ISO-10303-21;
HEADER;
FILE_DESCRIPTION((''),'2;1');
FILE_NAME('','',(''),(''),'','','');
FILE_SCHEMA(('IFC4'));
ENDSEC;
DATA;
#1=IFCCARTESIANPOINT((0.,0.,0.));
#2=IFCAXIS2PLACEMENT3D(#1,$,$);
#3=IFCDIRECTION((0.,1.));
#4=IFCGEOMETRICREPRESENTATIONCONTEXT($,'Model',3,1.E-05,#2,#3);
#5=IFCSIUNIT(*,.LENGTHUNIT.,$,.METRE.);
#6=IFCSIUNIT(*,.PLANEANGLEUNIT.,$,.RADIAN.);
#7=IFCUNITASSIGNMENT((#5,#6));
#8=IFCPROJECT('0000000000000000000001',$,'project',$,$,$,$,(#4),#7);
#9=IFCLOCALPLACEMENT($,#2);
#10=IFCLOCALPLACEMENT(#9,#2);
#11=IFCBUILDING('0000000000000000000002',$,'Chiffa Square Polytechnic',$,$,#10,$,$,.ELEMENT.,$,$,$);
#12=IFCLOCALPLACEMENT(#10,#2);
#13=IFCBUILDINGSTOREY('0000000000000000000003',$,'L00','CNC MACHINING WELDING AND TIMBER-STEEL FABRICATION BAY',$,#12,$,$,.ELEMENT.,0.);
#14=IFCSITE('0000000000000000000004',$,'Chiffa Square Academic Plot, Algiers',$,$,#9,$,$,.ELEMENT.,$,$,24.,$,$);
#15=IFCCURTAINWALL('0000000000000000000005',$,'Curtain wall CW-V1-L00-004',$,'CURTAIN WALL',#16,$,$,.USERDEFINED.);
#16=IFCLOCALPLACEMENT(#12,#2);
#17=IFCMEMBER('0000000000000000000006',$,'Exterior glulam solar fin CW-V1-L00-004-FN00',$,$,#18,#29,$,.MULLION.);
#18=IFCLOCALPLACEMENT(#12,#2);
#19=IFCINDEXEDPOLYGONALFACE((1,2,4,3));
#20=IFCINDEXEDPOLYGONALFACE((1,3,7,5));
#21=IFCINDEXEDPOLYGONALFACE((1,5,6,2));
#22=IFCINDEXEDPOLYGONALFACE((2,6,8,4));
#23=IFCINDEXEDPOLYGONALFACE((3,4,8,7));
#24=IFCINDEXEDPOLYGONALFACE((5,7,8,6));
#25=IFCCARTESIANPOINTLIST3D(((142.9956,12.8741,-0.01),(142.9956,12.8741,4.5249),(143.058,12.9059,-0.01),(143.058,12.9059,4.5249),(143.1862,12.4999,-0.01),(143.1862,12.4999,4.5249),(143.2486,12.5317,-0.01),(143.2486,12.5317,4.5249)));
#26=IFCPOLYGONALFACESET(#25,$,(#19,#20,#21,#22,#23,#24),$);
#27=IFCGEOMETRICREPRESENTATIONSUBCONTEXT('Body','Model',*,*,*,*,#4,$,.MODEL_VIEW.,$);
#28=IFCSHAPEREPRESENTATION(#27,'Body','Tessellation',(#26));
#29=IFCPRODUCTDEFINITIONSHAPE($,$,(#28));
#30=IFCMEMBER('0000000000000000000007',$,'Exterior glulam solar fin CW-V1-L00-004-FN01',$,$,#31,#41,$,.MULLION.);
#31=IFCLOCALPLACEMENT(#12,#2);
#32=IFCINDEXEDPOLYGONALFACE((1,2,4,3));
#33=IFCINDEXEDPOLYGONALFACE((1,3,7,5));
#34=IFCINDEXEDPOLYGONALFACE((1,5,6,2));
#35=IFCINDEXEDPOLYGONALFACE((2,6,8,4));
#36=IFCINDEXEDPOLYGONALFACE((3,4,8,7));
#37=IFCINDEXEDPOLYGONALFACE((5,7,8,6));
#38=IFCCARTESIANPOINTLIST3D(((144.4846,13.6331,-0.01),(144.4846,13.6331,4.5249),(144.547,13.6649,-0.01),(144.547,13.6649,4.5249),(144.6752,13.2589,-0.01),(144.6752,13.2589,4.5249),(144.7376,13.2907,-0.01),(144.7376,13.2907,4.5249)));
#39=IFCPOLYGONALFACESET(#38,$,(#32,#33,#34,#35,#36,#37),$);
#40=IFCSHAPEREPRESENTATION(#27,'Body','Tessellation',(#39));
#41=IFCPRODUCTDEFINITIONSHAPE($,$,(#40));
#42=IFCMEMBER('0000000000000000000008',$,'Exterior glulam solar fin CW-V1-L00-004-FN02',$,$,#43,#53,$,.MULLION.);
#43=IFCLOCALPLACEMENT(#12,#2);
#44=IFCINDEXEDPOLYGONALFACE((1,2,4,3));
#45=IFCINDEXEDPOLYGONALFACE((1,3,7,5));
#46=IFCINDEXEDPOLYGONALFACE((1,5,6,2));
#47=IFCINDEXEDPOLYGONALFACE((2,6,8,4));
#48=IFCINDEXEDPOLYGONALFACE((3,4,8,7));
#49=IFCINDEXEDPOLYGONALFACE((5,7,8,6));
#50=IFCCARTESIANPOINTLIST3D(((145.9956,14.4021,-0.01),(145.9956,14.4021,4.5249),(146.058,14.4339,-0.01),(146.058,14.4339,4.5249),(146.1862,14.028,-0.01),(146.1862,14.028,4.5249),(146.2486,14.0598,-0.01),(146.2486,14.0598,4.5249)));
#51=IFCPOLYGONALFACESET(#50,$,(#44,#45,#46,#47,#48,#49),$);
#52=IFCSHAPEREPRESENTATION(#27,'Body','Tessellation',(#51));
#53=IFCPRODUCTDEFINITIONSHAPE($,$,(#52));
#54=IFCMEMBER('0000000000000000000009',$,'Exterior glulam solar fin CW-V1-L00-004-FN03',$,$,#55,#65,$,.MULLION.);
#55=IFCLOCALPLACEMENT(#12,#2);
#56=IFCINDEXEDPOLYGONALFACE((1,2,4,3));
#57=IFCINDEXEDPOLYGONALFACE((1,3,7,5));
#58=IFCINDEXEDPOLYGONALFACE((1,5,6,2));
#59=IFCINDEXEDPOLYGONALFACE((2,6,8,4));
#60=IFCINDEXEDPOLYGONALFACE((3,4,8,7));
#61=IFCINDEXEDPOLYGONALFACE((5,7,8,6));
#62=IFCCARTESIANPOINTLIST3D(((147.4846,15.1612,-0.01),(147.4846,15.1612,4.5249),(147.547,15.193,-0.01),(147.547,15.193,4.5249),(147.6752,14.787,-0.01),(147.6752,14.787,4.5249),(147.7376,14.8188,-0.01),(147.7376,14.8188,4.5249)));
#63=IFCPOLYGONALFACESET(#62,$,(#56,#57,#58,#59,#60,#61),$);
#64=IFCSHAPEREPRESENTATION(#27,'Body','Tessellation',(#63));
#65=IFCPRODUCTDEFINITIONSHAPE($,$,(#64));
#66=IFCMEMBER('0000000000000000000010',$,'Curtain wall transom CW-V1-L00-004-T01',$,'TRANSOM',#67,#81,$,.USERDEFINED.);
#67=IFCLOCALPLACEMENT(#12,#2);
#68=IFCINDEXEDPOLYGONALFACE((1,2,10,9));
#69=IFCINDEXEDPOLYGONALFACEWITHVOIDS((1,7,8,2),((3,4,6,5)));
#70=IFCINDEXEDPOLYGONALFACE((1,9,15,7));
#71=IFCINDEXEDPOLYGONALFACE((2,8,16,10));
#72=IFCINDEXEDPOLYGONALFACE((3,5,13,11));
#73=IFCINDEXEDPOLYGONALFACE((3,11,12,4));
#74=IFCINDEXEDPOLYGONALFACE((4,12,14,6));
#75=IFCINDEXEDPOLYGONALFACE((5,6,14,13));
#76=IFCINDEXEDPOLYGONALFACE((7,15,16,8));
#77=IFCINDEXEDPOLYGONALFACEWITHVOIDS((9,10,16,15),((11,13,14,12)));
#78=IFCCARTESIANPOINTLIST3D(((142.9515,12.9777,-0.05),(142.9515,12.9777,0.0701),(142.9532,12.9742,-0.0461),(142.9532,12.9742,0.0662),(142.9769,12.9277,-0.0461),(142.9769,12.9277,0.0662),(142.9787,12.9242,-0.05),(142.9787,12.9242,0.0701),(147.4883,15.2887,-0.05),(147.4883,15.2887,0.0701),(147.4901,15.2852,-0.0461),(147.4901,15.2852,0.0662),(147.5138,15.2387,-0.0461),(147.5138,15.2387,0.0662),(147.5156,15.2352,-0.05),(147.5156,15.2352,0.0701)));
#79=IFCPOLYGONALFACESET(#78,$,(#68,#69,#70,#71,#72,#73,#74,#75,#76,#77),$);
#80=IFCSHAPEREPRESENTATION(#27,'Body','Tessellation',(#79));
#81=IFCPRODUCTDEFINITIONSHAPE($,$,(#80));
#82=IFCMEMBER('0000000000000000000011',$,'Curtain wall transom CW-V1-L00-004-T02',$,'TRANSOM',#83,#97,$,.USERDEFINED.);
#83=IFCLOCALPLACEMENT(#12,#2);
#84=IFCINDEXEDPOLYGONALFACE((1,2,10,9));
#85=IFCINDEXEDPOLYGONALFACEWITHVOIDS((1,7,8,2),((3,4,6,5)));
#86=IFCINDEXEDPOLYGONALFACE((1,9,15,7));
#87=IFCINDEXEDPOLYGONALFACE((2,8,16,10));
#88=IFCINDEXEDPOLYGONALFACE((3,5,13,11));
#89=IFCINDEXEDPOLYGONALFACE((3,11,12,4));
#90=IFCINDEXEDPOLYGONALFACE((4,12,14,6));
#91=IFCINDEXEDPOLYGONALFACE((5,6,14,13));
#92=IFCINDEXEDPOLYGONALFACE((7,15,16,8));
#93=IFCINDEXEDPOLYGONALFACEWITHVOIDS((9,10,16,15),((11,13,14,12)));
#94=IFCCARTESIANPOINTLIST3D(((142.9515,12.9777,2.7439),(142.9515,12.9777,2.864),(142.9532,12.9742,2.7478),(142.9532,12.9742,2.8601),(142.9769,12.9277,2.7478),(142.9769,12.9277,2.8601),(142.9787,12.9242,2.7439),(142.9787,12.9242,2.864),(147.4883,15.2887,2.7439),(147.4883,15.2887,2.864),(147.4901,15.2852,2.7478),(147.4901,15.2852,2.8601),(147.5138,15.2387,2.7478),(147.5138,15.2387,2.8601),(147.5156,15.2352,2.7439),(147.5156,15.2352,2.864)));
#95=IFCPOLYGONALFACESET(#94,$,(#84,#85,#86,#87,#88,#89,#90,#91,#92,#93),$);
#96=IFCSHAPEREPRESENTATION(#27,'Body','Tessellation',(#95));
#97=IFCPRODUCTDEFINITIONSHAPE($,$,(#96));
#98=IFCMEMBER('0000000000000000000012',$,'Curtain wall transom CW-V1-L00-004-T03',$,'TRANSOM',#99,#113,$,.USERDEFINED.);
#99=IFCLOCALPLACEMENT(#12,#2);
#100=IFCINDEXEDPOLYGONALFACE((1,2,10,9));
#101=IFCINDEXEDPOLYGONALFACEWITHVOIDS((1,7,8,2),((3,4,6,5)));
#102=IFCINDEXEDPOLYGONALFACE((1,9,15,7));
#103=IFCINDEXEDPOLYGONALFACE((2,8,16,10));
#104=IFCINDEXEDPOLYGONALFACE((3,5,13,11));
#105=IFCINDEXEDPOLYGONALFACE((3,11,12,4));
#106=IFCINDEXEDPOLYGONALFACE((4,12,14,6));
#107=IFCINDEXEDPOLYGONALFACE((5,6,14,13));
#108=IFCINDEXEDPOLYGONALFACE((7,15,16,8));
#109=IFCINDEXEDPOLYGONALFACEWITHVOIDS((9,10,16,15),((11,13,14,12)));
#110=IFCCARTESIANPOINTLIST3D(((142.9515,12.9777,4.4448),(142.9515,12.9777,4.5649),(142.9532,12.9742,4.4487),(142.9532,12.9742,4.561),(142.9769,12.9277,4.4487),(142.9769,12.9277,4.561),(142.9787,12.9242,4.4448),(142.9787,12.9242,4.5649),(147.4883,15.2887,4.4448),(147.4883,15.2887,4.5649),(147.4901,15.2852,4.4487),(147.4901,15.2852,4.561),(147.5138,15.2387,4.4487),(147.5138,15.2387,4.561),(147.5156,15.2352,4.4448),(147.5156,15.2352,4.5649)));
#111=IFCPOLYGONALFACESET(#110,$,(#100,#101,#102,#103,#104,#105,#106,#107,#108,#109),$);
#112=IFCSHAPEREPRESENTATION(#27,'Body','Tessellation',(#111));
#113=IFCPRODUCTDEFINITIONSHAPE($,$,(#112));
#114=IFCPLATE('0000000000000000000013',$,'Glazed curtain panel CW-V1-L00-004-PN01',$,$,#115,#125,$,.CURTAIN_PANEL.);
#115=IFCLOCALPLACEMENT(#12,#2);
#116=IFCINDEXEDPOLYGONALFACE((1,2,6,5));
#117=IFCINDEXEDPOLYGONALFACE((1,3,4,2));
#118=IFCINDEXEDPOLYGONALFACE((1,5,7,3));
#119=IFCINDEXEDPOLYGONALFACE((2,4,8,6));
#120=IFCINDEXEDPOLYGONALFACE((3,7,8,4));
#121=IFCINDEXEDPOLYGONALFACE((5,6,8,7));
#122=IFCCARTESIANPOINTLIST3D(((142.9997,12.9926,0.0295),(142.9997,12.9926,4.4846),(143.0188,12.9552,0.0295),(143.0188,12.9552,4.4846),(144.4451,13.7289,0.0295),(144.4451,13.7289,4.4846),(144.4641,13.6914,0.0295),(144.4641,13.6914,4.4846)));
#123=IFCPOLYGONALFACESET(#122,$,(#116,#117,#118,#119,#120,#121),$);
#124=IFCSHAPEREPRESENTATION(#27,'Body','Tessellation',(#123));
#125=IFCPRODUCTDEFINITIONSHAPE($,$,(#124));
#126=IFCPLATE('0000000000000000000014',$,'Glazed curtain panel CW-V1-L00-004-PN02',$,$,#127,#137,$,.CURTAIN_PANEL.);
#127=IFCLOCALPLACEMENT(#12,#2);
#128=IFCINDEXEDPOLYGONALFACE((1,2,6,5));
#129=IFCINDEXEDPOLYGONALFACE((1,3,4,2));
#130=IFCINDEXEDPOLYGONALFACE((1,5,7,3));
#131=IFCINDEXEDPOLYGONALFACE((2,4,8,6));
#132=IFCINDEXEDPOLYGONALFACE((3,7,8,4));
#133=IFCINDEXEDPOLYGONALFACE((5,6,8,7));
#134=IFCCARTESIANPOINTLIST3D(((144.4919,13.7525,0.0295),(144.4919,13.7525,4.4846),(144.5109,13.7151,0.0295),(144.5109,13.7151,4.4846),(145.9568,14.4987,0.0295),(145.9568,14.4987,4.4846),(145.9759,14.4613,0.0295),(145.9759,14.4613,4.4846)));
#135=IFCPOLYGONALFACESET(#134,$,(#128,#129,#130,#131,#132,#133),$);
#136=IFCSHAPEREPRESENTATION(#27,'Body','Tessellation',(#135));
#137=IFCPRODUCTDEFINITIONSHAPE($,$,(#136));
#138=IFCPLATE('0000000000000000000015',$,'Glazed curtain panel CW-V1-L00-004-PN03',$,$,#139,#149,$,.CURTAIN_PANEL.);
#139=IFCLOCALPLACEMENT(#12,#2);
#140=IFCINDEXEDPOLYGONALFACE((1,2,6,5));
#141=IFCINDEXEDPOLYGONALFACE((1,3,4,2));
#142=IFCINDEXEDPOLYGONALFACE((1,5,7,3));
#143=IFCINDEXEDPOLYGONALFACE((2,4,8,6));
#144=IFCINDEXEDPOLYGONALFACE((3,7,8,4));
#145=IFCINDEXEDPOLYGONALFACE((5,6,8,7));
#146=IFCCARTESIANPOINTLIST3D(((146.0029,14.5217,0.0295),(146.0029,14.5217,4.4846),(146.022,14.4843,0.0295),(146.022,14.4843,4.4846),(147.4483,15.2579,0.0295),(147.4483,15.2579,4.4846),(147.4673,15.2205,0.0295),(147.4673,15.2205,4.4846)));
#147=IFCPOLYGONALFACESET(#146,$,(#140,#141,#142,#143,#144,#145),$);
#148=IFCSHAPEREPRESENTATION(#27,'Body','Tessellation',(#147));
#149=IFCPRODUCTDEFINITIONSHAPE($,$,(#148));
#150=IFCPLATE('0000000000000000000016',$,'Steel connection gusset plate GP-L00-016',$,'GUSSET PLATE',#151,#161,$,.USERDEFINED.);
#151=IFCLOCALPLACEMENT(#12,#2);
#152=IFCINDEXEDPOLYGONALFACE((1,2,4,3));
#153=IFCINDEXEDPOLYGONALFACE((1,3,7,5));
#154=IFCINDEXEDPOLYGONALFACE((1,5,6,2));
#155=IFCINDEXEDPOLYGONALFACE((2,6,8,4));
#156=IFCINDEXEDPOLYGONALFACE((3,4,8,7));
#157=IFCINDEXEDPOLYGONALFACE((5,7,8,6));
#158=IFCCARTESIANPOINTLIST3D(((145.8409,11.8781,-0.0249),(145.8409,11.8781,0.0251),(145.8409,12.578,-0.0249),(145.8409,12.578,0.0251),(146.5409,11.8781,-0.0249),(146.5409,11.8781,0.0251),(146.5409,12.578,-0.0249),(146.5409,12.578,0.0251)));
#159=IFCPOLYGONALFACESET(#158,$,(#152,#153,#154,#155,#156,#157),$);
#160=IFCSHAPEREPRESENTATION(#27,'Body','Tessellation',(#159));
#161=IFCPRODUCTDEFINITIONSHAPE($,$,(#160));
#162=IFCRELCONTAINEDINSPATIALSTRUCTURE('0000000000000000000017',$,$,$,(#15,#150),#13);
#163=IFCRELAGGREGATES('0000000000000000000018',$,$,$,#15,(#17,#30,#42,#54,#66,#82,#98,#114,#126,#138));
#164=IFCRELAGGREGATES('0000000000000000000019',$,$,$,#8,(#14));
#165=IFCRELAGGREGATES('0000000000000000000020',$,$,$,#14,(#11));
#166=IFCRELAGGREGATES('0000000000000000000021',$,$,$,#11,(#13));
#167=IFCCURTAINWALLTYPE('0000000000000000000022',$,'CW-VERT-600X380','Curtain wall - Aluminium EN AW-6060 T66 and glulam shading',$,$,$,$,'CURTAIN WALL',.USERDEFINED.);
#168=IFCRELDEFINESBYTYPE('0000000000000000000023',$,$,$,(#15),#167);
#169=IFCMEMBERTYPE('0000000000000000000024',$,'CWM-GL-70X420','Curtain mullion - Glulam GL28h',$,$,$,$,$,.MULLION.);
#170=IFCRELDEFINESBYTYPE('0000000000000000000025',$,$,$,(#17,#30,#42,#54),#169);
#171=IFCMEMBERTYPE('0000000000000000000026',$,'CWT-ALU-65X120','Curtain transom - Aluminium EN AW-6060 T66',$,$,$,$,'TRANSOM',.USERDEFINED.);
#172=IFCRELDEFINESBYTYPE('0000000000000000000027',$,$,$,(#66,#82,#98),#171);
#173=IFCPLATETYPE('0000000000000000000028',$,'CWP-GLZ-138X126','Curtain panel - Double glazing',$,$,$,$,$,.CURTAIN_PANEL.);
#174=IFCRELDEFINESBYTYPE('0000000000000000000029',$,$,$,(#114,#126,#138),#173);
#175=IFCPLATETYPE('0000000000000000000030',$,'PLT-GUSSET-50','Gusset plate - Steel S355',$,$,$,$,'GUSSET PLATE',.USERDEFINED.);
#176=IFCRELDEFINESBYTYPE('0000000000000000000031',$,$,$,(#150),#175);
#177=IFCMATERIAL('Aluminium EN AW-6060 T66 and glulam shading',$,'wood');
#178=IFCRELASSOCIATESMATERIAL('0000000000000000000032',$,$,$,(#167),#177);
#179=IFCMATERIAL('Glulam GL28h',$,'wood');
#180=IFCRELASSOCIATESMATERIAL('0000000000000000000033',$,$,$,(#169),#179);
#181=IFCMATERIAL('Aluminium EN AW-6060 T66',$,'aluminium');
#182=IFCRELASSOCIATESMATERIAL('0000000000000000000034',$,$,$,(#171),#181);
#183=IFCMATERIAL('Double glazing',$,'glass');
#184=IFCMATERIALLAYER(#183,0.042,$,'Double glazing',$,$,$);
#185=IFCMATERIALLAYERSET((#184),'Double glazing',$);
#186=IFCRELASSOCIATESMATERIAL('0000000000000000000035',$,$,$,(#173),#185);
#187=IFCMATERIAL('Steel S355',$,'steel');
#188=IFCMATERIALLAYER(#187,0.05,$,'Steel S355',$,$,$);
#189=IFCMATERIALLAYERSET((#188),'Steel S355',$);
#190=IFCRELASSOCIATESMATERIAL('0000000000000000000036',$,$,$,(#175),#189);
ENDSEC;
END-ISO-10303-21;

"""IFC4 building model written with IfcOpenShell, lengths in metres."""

from ifc_helpers import new_model, si_unit, direction, frame, origin, origin_2d, place, context, subcontext, project, spatial, rectangle, hollow_rectangle, extrude, material, layer, layer_set, material_profile, profile_set, type_object, element, aggregate, save


model = new_model("IFC4")

# Units and contexts
model_context = context("Model", 3, precision=1e-05, world=origin(), true_north=direction((0.0, 1.0)))
body_context = subcontext(model_context, "Body", "Model", "MODEL_VIEW")
ifc_project = project(units=[si_unit("LENGTHUNIT", "METRE"), si_unit("PLANEANGLEUNIT", "RADIAN")], contexts=[model_context])

# Site, building, storey
site_placement = place(None, origin())
site = spatial("IfcSite", under=ifc_project, at=site_placement, Name="Chiffa Square Academic Plot, Algiers", CompositionType="ELEMENT", RefElevation=24.0)
building_placement = place(site_placement, origin())
building = spatial("IfcBuilding", under=site, at=building_placement, Name="Chiffa Square Polytechnic", CompositionType="ELEMENT")
storey_placement = place(building_placement, origin())
storey = spatial("IfcBuildingStorey", under=building, at=storey_placement, Name="L00", Description="CNC MACHINING WELDING AND TIMBER-STEEL FABRICATION BAY", CompositionType="ELEMENT", Elevation=0.0)

# Shared definitions
ifc_material_1 = material(Name="Steel S355", Category="steel")

# Curtain wall, members, plates
ifc_material_2 = material(Name="Aluminium EN AW-6060 T66 and glulam shading", Category="wood")
curtain_wall_type = type_object("IfcCurtainWallType", Name="CW-VERT-600X380", Description="Curtain wall - Aluminium EN AW-6060 T66 and glulam shading", ElementType="CURTAIN WALL", PredefinedType="USERDEFINED", material=ifc_material_2)
curtain_wall_placement = place(storey_placement, origin())
curtain_wall = element("IfcCurtainWall", 1, at=curtain_wall_placement, inside=storey, type_object=curtain_wall_type, Name="Curtain wall CW-V1-L00-004", ObjectType="CURTAIN WALL", PredefinedType="USERDEFINED")
ifc_material_3 = material(Name="Aluminium EN AW-6060 T66", Category="aluminium")
ifc_material_4 = material(Name="Glulam GL28h", Category="wood")
ifc_material_profile_1 = material_profile(ifc_material_4, rectangle(XDim=0.0701, YDim=0.4199, at=origin_2d()), Name="GL28h 70x420")
ifc_profile_set_1 = profile_set([ifc_material_profile_1], Name="Glulam GL28h")
member_type_1 = type_object("IfcMemberType", Name="CWM-GL-70X420", Description="Curtain mullion - Glulam GL28h", PredefinedType="MULLION", material=ifc_profile_set_1)
member_1_placement = place(storey_placement, frame((143.1221, 12.7029, -0.01), z_axis=(0.0, 0.0, 1.0), x_axis=(0.891062, 0.453882, 0.0)))
member_1 = element("IfcMember", 2, at=member_1_placement, type_object=member_type_1, Name="Exterior glulam solar fin CW-V1-L00-004-FN00", PredefinedType="MULLION", context=body_context, shape_type="SweptSolid", body=[
    extrude(rectangle(XDim=0.0701, YDim=0.4199, at=origin_2d()), origin(), (0.0, 0.0, 1.0), 4.5349),
])
member_2_placement = place(storey_placement, frame((144.6111, 13.4619, -0.01), z_axis=(0.0, 0.0, 1.0), x_axis=(0.891062, 0.453882, 0.0)))
member_2 = element("IfcMember", 3, at=member_2_placement, type_object=member_type_1, Name="Exterior glulam solar fin CW-V1-L00-004-FN01", PredefinedType="MULLION", context=body_context, shape_type="SweptSolid", body=[
    extrude(rectangle(XDim=0.0701, YDim=0.4199, at=origin_2d()), origin(), (0.0, 0.0, 1.0), 4.5349),
])
member_3_placement = place(storey_placement, frame((146.1221, 14.231, -0.01), z_axis=(0.0, 0.0, 1.0), x_axis=(0.891062, 0.453882, 0.0)))
member_3 = element("IfcMember", 4, at=member_3_placement, type_object=member_type_1, Name="Exterior glulam solar fin CW-V1-L00-004-FN02", PredefinedType="MULLION", context=body_context, shape_type="SweptSolid", body=[
    extrude(rectangle(XDim=0.0701, YDim=0.4199, at=origin_2d()), origin(), (0.0, 0.0, 1.0), 4.5349),
])
member_4_placement = place(storey_placement, frame((147.6111, 14.99, -0.01), z_axis=(0.0, 0.0, 1.0), x_axis=(0.891062, 0.453882, 0.0)))
member_4 = element("IfcMember", 5, at=member_4_placement, type_object=member_type_1, Name="Exterior glulam solar fin CW-V1-L00-004-FN03", PredefinedType="MULLION", context=body_context, shape_type="SweptSolid", body=[
    extrude(rectangle(XDim=0.0701, YDim=0.4199, at=origin_2d()), origin(), (0.0, 0.0, 1.0), 4.5349),
])
ifc_material_profile_2 = material_profile(ifc_material_3, hollow_rectangle(XDim=0.0601, YDim=0.1201, WallThickness=0.0039, at=origin_2d()), Name="ALU 60x120x4")
ifc_profile_set_2 = profile_set([ifc_material_profile_2], Name="Aluminium EN AW-6060 T66")
member_type_2 = type_object("IfcMemberType", Name="CWT-ALU-65X120", Description="Curtain transom - Aluminium EN AW-6060 T66", ElementType="TRANSOM", PredefinedType="USERDEFINED", material=ifc_profile_set_2)
member_5_placement = place(storey_placement, frame((142.9651, 12.9509, 0.01), z_axis=(0.891055, 0.453895, 0.0), x_axis=(-0.453895, 0.891055, 0.0)))
member_5 = element("IfcMember", 6, at=member_5_placement, type_object=member_type_2, Name="Curtain wall transom CW-V1-L00-004-T01", ObjectType="TRANSOM", PredefinedType="USERDEFINED", context=body_context, shape_type="SweptSolid", body=[
    extrude(hollow_rectangle(XDim=0.0601, YDim=0.1201, WallThickness=0.0039, at=origin_2d()), origin(), (0.0, 0.0, 1.0), 5.0916),
])
member_6_placement = place(storey_placement, frame((142.9651, 12.9509, 2.804), z_axis=(0.891055, 0.453895, 0.0), x_axis=(-0.453895, 0.891055, 0.0)))
member_6 = element("IfcMember", 7, at=member_6_placement, type_object=member_type_2, Name="Curtain wall transom CW-V1-L00-004-T02", ObjectType="TRANSOM", PredefinedType="USERDEFINED", context=body_context, shape_type="SweptSolid", body=[
    extrude(hollow_rectangle(XDim=0.0601, YDim=0.1201, WallThickness=0.0039, at=origin_2d()), origin(), (0.0, 0.0, 1.0), 5.0916),
])
member_7_placement = place(storey_placement, frame((142.9651, 12.9509, 4.5049), z_axis=(0.891055, 0.453895, 0.0), x_axis=(-0.453895, 0.891055, 0.0)))
member_7 = element("IfcMember", 8, at=member_7_placement, type_object=member_type_2, Name="Curtain wall transom CW-V1-L00-004-T03", ObjectType="TRANSOM", PredefinedType="USERDEFINED", context=body_context, shape_type="SweptSolid", body=[
    extrude(hollow_rectangle(XDim=0.0601, YDim=0.1201, WallThickness=0.0039, at=origin_2d()), origin(), (0.0, 0.0, 1.0), 5.0916),
])
ifc_material_5 = material(Name="Double glazing", Category="glass")
ifc_layer_1 = layer(ifc_material_5, 0.042, Name="Double glazing")
ifc_layer_set_1 = layer_set([ifc_layer_1], Name="Double glazing")
plate_type_1 = type_object("IfcPlateType", Name="CWP-GLZ-138X126", Description="Curtain panel - Double glazing", PredefinedType="CURTAIN_PANEL", material=ifc_layer_set_1)
plate_1_placement = place(storey_placement, frame((143.7319, 13.342, 0.0295), z_axis=(0.0, 0.0, 1.0), x_axis=(0.891062, 0.453882, 0.0)))
plate_1 = element("IfcPlate", 9, at=plate_1_placement, type_object=plate_type_1, Name="Glazed curtain panel CW-V1-L00-004-PN01", PredefinedType="CURTAIN_PANEL", context=body_context, shape_type="SweptSolid", body=[
    extrude(rectangle(XDim=1.6221, YDim=0.042, at=origin_2d()), origin(), (0.0, 0.0, 1.0), 4.4551),
])
plate_2_placement = place(storey_placement, frame((145.2339, 14.1069, 0.0295), z_axis=(0.0, 0.0, 1.0), x_axis=(0.891062, 0.453882, 0.0)))
plate_2 = element("IfcPlate", 10, at=plate_2_placement, type_object=plate_type_1, Name="Glazed curtain panel CW-V1-L00-004-PN02", PredefinedType="CURTAIN_PANEL", context=body_context, shape_type="SweptSolid", body=[
    extrude(rectangle(XDim=1.644, YDim=0.042, at=origin_2d()), origin(), (0.0, 0.0, 1.0), 4.4551),
])
plate_3_placement = place(storey_placement, frame((146.7351, 14.8711, 0.0295), z_axis=(0.0, 0.0, 1.0), x_axis=(0.891062, 0.453882, 0.0)))
plate_3 = element("IfcPlate", 11, at=plate_3_placement, type_object=plate_type_1, Name="Glazed curtain panel CW-V1-L00-004-PN03", PredefinedType="CURTAIN_PANEL", context=body_context, shape_type="SweptSolid", body=[
    extrude(rectangle(XDim=1.6221, YDim=0.042, at=origin_2d()), origin(), (0.0, 0.0, 1.0), 4.4551),
])
aggregate(curtain_wall, [member_1, member_2, member_3, member_4, member_5, member_6, member_7, plate_1, plate_2, plate_3])

# Plate
ifc_layer_2 = layer(ifc_material_1, 0.05, Name="Steel S355")
ifc_layer_set_2 = layer_set([ifc_layer_2], Name="Steel S355")
plate_type_2 = type_object("IfcPlateType", Name="PLT-GUSSET-50", Description="Gusset plate - Steel S355", ElementType="GUSSET PLATE", PredefinedType="USERDEFINED", material=ifc_layer_set_2)
plate_4_placement = place(storey_placement, frame((146.1909, 12.228, -0.0249), z_axis=(0.0, 0.0, 1.0), x_axis=(1.0, 0.0, 0.0)))
element("IfcPlate", 12, at=plate_4_placement, inside=storey, type_object=plate_type_2, Name="Steel connection gusset plate GP-L00-016", ObjectType="GUSSET PLATE", PredefinedType="USERDEFINED", context=body_context, shape_type="SweptSolid", body=[
    extrude(rectangle(XDim=0.7, YDim=0.7, at=origin_2d()), origin(), (0.0, 0.0, 1.0), 0.05),
])

save(model, "model.ifc")
